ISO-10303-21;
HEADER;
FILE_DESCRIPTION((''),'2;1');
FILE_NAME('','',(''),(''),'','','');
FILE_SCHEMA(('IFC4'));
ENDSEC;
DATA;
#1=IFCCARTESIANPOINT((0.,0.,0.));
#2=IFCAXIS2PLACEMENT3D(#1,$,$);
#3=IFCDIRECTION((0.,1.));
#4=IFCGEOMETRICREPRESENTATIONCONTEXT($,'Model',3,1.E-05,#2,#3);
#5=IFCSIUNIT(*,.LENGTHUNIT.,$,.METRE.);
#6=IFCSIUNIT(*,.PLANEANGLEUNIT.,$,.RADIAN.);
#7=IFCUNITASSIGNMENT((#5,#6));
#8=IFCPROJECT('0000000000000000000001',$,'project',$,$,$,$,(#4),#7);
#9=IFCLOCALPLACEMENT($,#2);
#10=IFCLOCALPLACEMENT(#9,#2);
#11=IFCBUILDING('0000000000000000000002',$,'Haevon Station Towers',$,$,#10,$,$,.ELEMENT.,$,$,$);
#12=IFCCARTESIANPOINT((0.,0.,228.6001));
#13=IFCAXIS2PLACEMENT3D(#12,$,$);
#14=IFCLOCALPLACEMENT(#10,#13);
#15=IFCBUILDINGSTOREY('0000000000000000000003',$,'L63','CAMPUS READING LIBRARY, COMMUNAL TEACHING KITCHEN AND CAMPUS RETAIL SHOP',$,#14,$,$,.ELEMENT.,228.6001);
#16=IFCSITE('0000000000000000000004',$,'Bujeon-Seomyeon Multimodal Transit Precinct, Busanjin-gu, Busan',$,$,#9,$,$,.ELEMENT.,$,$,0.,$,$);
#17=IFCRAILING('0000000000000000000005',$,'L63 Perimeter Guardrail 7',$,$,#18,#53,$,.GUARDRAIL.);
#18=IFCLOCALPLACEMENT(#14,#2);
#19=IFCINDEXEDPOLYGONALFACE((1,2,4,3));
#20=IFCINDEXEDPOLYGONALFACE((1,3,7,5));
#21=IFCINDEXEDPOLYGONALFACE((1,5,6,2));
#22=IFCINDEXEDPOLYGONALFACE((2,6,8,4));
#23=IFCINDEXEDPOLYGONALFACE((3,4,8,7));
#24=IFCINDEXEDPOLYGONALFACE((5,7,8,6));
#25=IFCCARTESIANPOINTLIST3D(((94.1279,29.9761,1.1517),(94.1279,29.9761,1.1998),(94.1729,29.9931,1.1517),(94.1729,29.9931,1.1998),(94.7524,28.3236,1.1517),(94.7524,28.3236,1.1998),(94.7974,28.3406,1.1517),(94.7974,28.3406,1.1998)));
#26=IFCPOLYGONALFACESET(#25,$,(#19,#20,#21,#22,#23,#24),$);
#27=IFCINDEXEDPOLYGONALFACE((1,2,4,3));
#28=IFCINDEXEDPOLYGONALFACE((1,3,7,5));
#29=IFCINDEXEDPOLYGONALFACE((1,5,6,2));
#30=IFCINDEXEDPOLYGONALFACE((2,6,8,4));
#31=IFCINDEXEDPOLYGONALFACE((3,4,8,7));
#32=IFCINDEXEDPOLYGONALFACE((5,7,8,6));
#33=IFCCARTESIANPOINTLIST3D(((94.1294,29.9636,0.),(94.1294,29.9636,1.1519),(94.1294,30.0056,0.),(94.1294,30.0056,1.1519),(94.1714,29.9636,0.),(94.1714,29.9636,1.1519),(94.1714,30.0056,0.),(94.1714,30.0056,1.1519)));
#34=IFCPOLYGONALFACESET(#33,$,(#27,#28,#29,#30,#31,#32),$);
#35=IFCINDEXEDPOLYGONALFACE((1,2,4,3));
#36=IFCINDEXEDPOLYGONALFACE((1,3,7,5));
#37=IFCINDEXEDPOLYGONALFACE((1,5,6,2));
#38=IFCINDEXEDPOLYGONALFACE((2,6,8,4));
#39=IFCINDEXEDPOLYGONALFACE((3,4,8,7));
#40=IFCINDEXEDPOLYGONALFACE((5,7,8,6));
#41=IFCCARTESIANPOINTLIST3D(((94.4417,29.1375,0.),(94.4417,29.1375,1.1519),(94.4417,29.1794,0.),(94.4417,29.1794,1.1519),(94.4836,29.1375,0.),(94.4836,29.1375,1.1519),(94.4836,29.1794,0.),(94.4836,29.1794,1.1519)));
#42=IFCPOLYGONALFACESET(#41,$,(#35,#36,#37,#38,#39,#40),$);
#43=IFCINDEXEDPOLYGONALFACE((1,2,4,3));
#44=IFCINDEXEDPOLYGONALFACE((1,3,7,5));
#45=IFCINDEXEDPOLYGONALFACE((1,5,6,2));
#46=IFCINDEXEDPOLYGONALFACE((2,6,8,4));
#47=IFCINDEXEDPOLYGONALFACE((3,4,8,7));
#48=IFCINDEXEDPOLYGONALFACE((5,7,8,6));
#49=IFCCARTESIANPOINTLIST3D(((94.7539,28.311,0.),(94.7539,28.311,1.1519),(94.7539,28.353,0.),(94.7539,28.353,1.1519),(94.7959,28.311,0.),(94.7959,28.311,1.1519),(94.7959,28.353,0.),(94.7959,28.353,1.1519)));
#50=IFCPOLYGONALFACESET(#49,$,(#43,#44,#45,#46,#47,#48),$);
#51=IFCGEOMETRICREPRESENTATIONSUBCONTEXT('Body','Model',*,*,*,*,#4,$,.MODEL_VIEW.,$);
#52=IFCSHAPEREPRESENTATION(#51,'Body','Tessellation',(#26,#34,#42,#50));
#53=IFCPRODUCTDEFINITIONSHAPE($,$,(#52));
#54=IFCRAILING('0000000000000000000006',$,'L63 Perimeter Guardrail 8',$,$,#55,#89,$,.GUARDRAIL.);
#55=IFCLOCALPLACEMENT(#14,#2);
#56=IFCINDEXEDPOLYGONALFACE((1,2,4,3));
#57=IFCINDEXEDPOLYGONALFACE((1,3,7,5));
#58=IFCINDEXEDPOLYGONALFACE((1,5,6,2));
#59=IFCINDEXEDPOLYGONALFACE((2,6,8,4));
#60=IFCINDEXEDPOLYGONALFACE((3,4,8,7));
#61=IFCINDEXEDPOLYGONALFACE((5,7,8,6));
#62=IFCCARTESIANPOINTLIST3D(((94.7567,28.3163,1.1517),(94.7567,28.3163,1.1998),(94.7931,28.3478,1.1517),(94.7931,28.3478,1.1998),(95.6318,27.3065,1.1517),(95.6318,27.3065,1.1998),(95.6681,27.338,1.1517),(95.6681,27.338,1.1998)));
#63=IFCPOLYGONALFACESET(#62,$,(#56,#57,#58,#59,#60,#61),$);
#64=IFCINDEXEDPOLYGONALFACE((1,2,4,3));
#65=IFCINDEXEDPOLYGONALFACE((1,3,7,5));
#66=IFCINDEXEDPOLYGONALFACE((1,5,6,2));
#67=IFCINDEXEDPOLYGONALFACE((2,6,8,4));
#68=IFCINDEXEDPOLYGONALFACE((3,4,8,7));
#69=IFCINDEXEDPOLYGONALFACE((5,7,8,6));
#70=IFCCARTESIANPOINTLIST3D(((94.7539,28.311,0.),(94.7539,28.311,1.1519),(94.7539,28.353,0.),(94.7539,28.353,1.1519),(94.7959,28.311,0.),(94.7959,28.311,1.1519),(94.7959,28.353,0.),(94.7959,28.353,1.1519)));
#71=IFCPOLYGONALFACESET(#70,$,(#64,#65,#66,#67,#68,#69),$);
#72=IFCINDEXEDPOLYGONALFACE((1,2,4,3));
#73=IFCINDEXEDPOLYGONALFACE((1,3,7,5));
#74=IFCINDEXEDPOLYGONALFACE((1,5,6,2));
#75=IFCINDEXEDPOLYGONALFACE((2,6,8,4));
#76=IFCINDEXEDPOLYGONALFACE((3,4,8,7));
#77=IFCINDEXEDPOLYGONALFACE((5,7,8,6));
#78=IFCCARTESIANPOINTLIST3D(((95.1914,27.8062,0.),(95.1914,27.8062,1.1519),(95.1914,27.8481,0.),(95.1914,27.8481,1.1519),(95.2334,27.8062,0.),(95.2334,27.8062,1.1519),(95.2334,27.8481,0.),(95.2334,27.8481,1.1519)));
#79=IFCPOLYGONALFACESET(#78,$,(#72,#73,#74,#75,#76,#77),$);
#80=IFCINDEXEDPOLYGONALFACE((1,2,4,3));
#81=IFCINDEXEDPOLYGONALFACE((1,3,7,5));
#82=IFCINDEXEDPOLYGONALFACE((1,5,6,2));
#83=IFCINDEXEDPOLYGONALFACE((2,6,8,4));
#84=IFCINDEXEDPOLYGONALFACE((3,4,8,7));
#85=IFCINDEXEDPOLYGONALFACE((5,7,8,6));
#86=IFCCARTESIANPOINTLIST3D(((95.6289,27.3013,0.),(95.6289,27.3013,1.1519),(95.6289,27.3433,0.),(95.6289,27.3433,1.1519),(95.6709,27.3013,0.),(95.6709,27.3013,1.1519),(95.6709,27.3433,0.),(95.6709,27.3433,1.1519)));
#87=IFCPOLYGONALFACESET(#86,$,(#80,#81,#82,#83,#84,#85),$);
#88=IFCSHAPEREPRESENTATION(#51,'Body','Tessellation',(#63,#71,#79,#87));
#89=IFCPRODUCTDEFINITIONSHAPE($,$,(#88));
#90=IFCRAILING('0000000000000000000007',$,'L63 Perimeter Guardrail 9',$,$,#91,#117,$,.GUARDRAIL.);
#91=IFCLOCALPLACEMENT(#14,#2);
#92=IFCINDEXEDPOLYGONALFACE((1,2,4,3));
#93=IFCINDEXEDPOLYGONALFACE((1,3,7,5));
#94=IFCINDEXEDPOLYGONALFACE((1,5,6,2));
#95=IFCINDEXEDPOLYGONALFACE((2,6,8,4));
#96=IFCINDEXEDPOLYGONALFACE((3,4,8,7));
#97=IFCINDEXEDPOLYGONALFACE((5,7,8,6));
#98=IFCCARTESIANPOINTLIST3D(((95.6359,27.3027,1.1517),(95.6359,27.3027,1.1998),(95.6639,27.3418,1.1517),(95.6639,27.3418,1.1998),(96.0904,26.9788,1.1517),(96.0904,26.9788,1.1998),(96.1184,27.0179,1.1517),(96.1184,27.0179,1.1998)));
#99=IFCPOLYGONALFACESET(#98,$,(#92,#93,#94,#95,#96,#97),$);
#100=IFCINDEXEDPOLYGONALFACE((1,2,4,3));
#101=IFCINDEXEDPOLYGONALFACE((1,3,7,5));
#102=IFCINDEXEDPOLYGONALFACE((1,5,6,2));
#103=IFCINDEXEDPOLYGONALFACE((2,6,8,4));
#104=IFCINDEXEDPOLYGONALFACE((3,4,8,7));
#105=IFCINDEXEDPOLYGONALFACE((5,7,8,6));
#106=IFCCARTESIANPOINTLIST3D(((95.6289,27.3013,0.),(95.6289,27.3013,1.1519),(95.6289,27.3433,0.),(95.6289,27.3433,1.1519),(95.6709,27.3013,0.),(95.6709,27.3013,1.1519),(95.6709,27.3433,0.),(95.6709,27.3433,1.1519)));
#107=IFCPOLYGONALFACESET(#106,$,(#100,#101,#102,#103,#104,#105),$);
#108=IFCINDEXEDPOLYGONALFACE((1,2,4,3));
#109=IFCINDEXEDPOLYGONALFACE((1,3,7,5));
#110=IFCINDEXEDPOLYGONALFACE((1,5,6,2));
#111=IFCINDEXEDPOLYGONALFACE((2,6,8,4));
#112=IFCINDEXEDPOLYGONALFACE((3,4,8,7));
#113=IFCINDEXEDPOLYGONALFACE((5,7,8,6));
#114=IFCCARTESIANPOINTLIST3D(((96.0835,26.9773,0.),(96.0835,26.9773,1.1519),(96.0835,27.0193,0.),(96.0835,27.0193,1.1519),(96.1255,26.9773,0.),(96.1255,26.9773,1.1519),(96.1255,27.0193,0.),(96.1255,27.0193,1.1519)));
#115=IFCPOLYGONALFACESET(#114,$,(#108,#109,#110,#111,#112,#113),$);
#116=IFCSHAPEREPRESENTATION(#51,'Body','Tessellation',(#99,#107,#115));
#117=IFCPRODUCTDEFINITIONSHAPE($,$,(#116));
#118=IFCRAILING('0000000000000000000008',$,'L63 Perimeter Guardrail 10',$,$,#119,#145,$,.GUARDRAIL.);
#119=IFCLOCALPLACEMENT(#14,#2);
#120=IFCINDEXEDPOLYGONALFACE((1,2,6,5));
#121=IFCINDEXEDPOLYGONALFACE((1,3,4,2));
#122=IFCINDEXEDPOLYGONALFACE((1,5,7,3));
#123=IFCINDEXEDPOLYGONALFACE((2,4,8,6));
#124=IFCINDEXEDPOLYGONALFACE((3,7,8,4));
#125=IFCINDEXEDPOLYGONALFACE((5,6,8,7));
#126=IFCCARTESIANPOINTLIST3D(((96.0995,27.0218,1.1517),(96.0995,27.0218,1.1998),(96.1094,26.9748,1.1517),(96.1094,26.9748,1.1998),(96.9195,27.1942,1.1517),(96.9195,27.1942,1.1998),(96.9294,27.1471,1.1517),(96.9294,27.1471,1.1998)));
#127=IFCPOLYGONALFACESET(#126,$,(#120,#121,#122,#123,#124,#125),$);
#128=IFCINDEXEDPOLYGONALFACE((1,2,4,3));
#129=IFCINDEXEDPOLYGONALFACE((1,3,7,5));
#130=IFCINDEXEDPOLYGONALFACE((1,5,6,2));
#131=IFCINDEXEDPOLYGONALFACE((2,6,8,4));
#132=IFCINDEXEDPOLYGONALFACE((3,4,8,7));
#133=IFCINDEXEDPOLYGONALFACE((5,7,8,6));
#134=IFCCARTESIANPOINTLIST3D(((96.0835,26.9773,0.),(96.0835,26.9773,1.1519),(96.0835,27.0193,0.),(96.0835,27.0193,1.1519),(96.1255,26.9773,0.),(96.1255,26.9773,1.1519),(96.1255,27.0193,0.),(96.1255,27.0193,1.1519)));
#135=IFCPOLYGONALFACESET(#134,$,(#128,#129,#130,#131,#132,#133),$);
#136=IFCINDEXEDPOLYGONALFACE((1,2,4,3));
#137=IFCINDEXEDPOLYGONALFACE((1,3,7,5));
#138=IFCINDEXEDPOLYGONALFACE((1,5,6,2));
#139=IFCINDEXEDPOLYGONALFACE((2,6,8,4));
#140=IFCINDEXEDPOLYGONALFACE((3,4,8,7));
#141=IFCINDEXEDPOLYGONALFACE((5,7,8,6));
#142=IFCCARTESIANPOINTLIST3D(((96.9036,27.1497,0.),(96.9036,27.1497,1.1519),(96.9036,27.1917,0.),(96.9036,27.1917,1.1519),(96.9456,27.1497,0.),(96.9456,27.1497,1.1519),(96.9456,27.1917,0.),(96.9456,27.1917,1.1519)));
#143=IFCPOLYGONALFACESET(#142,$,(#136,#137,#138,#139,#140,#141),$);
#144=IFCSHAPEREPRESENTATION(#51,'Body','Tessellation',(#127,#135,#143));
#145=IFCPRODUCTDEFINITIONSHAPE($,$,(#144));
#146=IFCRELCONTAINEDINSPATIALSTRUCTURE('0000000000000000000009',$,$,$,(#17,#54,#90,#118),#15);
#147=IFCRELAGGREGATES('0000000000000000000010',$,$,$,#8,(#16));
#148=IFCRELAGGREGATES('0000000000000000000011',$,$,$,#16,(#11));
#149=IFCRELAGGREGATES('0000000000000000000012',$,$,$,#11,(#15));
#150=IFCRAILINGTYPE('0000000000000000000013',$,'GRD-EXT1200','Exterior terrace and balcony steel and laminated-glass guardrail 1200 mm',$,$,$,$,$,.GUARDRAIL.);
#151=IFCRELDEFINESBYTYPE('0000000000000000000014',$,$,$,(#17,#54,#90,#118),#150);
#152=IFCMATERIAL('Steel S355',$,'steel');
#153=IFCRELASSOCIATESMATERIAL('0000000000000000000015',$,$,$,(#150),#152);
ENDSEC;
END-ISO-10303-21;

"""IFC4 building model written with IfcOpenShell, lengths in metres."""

from ifc_helpers import new_model, si_unit, direction, frame, origin, origin_2d, place, context, subcontext, project, spatial, rectangle, extrude, material, type_object, element, save


model = new_model("IFC4")

# Units and contexts
model_context = context("Model", 3, precision=1e-05, world=origin(), true_north=direction((0.0, 1.0)))
body_context = subcontext(model_context, "Body", "Model", "MODEL_VIEW")
ifc_project = project(units=[si_unit("LENGTHUNIT", "METRE"), si_unit("PLANEANGLEUNIT", "RADIAN")], contexts=[model_context])

# Site, building, storey
site_placement = place(None, origin())
site = spatial("IfcSite", under=ifc_project, at=site_placement, Name="Bujeon-Seomyeon Multimodal Transit Precinct, Busanjin-gu, Busan", CompositionType="ELEMENT", RefElevation=0.0)
building_placement = place(site_placement, origin())
building = spatial("IfcBuilding", under=site, at=building_placement, Name="Haevon Station Towers", CompositionType="ELEMENT")
storey_placement = place(building_placement, frame((0.0, 0.0, 228.6001)))
storey = spatial("IfcBuildingStorey", under=building, at=storey_placement, Name="L63", Description="CAMPUS READING LIBRARY, COMMUNAL TEACHING KITCHEN AND CAMPUS RETAIL SHOP", CompositionType="ELEMENT", Elevation=228.6001)

# Shared definitions
ifc_material_1 = material(Name="Steel S355", Category="steel")

# Railings
railing_type = type_object("IfcRailingType", Name="GRD-EXT1200", Description="Exterior terrace and balcony steel and laminated-glass guardrail 1200 mm", PredefinedType="GUARDRAIL", material=ifc_material_1)
railing_1_placement = place(storey_placement, frame((94.1504, 29.9846, 0.0)))
element("IfcRailing", 1, at=railing_1_placement, inside=storey, type_object=railing_type, Name="L63 Perimeter Guardrail 7", PredefinedType="GUARDRAIL", context=body_context, shape_type="SweptSolid", body=[
    extrude(rectangle(XDim=0.0481, YDim=0.0481, at=origin_2d()), frame((0.0, 0.0, 1.1758), z_axis=(0.3535, -0.935435, 0.0), x_axis=(0.935435, 0.3535, 0.0)), (0.0, 0.0, 1.0), 1.7666),
    extrude(rectangle(XDim=0.042, YDim=0.042, at=origin_2d()), origin(), (0.0, 0.0, 1.0), 1.1519),
    extrude(rectangle(XDim=0.042, YDim=0.042, at=origin_2d()), frame((0.3123, -0.8262, 0.0)), (0.0, 0.0, 1.0), 1.1519),
    extrude(rectangle(XDim=0.042, YDim=0.042, at=origin_2d()), frame((0.6245, -1.6526, 0.0)), (0.0, 0.0, 1.0), 1.1519),
])
railing_2_placement = place(storey_placement, frame((94.7749, 28.332, 0.0)))
element("IfcRailing", 2, at=railing_2_placement, inside=storey, type_object=railing_type, Name="L63 Perimeter Guardrail 8", PredefinedType="GUARDRAIL", context=body_context, shape_type="SweptSolid", body=[
    extrude(rectangle(XDim=0.0481, YDim=0.0481, at=origin_2d()), frame((0.0, 0.0, 1.1758), z_axis=(0.654875, -0.755737, 0.0), x_axis=(0.755737, 0.654875, 0.0)), (0.0, 0.0, 1.0), 1.3362),
    extrude(rectangle(XDim=0.042, YDim=0.042, at=origin_2d()), origin(), (0.0, 0.0, 1.0), 1.1519),
    extrude(rectangle(XDim=0.042, YDim=0.042, at=origin_2d()), frame((0.4375, -0.5049, 0.0)), (0.0, 0.0, 1.0), 1.1519),
    extrude(rectangle(XDim=0.042, YDim=0.042, at=origin_2d()), frame((0.875, -1.0098, 0.0)), (0.0, 0.0, 1.0), 1.1519),
])
railing_3_placement = place(storey_placement, frame((95.6499, 27.3223, 0.0)))
element("IfcRailing", 3, at=railing_3_placement, inside=storey, type_object=railing_type, Name="L63 Perimeter Guardrail 9", PredefinedType="GUARDRAIL", context=body_context, shape_type="SweptSolid", body=[
    extrude(rectangle(XDim=0.0481, YDim=0.0481, at=origin_2d()), frame((0.0, 0.0, 1.1758), z_axis=(0.814354, -0.580369, 0.0), x_axis=(0.580369, 0.814354, 0.0)), (0.0, 0.0, 1.0), 0.5581),
    extrude(rectangle(XDim=0.042, YDim=0.042, at=origin_2d()), origin(), (0.0, 0.0, 1.0), 1.1519),
    extrude(rectangle(XDim=0.042, YDim=0.042, at=origin_2d()), frame((0.4546, -0.324, 0.0)), (0.0, 0.0, 1.0), 1.1519),
])
railing_4_placement = place(storey_placement, frame((96.1045, 26.9983, 0.0)))
element("IfcRailing", 4, at=railing_4_placement, inside=storey, type_object=railing_type, Name="L63 Perimeter Guardrail 10", PredefinedType="GUARDRAIL", context=body_context, shape_type="SweptSolid", body=[
    extrude(rectangle(XDim=0.0481, YDim=0.0481, at=origin_2d()), frame((0.0, 0.0, 1.1758), z_axis=(0.978618, 0.205687, 0.0), x_axis=(-0.205687, 0.978618, 0.0)), (0.0, 0.0, 1.0), 0.8379),
    extrude(rectangle(XDim=0.042, YDim=0.042, at=origin_2d()), origin(), (0.0, 0.0, 1.0), 1.1519),
    extrude(rectangle(XDim=0.042, YDim=0.042, at=origin_2d()), frame((0.8201, 0.1724, 0.0)), (0.0, 0.0, 1.0), 1.1519),
])

save(model, "model.ifc")
